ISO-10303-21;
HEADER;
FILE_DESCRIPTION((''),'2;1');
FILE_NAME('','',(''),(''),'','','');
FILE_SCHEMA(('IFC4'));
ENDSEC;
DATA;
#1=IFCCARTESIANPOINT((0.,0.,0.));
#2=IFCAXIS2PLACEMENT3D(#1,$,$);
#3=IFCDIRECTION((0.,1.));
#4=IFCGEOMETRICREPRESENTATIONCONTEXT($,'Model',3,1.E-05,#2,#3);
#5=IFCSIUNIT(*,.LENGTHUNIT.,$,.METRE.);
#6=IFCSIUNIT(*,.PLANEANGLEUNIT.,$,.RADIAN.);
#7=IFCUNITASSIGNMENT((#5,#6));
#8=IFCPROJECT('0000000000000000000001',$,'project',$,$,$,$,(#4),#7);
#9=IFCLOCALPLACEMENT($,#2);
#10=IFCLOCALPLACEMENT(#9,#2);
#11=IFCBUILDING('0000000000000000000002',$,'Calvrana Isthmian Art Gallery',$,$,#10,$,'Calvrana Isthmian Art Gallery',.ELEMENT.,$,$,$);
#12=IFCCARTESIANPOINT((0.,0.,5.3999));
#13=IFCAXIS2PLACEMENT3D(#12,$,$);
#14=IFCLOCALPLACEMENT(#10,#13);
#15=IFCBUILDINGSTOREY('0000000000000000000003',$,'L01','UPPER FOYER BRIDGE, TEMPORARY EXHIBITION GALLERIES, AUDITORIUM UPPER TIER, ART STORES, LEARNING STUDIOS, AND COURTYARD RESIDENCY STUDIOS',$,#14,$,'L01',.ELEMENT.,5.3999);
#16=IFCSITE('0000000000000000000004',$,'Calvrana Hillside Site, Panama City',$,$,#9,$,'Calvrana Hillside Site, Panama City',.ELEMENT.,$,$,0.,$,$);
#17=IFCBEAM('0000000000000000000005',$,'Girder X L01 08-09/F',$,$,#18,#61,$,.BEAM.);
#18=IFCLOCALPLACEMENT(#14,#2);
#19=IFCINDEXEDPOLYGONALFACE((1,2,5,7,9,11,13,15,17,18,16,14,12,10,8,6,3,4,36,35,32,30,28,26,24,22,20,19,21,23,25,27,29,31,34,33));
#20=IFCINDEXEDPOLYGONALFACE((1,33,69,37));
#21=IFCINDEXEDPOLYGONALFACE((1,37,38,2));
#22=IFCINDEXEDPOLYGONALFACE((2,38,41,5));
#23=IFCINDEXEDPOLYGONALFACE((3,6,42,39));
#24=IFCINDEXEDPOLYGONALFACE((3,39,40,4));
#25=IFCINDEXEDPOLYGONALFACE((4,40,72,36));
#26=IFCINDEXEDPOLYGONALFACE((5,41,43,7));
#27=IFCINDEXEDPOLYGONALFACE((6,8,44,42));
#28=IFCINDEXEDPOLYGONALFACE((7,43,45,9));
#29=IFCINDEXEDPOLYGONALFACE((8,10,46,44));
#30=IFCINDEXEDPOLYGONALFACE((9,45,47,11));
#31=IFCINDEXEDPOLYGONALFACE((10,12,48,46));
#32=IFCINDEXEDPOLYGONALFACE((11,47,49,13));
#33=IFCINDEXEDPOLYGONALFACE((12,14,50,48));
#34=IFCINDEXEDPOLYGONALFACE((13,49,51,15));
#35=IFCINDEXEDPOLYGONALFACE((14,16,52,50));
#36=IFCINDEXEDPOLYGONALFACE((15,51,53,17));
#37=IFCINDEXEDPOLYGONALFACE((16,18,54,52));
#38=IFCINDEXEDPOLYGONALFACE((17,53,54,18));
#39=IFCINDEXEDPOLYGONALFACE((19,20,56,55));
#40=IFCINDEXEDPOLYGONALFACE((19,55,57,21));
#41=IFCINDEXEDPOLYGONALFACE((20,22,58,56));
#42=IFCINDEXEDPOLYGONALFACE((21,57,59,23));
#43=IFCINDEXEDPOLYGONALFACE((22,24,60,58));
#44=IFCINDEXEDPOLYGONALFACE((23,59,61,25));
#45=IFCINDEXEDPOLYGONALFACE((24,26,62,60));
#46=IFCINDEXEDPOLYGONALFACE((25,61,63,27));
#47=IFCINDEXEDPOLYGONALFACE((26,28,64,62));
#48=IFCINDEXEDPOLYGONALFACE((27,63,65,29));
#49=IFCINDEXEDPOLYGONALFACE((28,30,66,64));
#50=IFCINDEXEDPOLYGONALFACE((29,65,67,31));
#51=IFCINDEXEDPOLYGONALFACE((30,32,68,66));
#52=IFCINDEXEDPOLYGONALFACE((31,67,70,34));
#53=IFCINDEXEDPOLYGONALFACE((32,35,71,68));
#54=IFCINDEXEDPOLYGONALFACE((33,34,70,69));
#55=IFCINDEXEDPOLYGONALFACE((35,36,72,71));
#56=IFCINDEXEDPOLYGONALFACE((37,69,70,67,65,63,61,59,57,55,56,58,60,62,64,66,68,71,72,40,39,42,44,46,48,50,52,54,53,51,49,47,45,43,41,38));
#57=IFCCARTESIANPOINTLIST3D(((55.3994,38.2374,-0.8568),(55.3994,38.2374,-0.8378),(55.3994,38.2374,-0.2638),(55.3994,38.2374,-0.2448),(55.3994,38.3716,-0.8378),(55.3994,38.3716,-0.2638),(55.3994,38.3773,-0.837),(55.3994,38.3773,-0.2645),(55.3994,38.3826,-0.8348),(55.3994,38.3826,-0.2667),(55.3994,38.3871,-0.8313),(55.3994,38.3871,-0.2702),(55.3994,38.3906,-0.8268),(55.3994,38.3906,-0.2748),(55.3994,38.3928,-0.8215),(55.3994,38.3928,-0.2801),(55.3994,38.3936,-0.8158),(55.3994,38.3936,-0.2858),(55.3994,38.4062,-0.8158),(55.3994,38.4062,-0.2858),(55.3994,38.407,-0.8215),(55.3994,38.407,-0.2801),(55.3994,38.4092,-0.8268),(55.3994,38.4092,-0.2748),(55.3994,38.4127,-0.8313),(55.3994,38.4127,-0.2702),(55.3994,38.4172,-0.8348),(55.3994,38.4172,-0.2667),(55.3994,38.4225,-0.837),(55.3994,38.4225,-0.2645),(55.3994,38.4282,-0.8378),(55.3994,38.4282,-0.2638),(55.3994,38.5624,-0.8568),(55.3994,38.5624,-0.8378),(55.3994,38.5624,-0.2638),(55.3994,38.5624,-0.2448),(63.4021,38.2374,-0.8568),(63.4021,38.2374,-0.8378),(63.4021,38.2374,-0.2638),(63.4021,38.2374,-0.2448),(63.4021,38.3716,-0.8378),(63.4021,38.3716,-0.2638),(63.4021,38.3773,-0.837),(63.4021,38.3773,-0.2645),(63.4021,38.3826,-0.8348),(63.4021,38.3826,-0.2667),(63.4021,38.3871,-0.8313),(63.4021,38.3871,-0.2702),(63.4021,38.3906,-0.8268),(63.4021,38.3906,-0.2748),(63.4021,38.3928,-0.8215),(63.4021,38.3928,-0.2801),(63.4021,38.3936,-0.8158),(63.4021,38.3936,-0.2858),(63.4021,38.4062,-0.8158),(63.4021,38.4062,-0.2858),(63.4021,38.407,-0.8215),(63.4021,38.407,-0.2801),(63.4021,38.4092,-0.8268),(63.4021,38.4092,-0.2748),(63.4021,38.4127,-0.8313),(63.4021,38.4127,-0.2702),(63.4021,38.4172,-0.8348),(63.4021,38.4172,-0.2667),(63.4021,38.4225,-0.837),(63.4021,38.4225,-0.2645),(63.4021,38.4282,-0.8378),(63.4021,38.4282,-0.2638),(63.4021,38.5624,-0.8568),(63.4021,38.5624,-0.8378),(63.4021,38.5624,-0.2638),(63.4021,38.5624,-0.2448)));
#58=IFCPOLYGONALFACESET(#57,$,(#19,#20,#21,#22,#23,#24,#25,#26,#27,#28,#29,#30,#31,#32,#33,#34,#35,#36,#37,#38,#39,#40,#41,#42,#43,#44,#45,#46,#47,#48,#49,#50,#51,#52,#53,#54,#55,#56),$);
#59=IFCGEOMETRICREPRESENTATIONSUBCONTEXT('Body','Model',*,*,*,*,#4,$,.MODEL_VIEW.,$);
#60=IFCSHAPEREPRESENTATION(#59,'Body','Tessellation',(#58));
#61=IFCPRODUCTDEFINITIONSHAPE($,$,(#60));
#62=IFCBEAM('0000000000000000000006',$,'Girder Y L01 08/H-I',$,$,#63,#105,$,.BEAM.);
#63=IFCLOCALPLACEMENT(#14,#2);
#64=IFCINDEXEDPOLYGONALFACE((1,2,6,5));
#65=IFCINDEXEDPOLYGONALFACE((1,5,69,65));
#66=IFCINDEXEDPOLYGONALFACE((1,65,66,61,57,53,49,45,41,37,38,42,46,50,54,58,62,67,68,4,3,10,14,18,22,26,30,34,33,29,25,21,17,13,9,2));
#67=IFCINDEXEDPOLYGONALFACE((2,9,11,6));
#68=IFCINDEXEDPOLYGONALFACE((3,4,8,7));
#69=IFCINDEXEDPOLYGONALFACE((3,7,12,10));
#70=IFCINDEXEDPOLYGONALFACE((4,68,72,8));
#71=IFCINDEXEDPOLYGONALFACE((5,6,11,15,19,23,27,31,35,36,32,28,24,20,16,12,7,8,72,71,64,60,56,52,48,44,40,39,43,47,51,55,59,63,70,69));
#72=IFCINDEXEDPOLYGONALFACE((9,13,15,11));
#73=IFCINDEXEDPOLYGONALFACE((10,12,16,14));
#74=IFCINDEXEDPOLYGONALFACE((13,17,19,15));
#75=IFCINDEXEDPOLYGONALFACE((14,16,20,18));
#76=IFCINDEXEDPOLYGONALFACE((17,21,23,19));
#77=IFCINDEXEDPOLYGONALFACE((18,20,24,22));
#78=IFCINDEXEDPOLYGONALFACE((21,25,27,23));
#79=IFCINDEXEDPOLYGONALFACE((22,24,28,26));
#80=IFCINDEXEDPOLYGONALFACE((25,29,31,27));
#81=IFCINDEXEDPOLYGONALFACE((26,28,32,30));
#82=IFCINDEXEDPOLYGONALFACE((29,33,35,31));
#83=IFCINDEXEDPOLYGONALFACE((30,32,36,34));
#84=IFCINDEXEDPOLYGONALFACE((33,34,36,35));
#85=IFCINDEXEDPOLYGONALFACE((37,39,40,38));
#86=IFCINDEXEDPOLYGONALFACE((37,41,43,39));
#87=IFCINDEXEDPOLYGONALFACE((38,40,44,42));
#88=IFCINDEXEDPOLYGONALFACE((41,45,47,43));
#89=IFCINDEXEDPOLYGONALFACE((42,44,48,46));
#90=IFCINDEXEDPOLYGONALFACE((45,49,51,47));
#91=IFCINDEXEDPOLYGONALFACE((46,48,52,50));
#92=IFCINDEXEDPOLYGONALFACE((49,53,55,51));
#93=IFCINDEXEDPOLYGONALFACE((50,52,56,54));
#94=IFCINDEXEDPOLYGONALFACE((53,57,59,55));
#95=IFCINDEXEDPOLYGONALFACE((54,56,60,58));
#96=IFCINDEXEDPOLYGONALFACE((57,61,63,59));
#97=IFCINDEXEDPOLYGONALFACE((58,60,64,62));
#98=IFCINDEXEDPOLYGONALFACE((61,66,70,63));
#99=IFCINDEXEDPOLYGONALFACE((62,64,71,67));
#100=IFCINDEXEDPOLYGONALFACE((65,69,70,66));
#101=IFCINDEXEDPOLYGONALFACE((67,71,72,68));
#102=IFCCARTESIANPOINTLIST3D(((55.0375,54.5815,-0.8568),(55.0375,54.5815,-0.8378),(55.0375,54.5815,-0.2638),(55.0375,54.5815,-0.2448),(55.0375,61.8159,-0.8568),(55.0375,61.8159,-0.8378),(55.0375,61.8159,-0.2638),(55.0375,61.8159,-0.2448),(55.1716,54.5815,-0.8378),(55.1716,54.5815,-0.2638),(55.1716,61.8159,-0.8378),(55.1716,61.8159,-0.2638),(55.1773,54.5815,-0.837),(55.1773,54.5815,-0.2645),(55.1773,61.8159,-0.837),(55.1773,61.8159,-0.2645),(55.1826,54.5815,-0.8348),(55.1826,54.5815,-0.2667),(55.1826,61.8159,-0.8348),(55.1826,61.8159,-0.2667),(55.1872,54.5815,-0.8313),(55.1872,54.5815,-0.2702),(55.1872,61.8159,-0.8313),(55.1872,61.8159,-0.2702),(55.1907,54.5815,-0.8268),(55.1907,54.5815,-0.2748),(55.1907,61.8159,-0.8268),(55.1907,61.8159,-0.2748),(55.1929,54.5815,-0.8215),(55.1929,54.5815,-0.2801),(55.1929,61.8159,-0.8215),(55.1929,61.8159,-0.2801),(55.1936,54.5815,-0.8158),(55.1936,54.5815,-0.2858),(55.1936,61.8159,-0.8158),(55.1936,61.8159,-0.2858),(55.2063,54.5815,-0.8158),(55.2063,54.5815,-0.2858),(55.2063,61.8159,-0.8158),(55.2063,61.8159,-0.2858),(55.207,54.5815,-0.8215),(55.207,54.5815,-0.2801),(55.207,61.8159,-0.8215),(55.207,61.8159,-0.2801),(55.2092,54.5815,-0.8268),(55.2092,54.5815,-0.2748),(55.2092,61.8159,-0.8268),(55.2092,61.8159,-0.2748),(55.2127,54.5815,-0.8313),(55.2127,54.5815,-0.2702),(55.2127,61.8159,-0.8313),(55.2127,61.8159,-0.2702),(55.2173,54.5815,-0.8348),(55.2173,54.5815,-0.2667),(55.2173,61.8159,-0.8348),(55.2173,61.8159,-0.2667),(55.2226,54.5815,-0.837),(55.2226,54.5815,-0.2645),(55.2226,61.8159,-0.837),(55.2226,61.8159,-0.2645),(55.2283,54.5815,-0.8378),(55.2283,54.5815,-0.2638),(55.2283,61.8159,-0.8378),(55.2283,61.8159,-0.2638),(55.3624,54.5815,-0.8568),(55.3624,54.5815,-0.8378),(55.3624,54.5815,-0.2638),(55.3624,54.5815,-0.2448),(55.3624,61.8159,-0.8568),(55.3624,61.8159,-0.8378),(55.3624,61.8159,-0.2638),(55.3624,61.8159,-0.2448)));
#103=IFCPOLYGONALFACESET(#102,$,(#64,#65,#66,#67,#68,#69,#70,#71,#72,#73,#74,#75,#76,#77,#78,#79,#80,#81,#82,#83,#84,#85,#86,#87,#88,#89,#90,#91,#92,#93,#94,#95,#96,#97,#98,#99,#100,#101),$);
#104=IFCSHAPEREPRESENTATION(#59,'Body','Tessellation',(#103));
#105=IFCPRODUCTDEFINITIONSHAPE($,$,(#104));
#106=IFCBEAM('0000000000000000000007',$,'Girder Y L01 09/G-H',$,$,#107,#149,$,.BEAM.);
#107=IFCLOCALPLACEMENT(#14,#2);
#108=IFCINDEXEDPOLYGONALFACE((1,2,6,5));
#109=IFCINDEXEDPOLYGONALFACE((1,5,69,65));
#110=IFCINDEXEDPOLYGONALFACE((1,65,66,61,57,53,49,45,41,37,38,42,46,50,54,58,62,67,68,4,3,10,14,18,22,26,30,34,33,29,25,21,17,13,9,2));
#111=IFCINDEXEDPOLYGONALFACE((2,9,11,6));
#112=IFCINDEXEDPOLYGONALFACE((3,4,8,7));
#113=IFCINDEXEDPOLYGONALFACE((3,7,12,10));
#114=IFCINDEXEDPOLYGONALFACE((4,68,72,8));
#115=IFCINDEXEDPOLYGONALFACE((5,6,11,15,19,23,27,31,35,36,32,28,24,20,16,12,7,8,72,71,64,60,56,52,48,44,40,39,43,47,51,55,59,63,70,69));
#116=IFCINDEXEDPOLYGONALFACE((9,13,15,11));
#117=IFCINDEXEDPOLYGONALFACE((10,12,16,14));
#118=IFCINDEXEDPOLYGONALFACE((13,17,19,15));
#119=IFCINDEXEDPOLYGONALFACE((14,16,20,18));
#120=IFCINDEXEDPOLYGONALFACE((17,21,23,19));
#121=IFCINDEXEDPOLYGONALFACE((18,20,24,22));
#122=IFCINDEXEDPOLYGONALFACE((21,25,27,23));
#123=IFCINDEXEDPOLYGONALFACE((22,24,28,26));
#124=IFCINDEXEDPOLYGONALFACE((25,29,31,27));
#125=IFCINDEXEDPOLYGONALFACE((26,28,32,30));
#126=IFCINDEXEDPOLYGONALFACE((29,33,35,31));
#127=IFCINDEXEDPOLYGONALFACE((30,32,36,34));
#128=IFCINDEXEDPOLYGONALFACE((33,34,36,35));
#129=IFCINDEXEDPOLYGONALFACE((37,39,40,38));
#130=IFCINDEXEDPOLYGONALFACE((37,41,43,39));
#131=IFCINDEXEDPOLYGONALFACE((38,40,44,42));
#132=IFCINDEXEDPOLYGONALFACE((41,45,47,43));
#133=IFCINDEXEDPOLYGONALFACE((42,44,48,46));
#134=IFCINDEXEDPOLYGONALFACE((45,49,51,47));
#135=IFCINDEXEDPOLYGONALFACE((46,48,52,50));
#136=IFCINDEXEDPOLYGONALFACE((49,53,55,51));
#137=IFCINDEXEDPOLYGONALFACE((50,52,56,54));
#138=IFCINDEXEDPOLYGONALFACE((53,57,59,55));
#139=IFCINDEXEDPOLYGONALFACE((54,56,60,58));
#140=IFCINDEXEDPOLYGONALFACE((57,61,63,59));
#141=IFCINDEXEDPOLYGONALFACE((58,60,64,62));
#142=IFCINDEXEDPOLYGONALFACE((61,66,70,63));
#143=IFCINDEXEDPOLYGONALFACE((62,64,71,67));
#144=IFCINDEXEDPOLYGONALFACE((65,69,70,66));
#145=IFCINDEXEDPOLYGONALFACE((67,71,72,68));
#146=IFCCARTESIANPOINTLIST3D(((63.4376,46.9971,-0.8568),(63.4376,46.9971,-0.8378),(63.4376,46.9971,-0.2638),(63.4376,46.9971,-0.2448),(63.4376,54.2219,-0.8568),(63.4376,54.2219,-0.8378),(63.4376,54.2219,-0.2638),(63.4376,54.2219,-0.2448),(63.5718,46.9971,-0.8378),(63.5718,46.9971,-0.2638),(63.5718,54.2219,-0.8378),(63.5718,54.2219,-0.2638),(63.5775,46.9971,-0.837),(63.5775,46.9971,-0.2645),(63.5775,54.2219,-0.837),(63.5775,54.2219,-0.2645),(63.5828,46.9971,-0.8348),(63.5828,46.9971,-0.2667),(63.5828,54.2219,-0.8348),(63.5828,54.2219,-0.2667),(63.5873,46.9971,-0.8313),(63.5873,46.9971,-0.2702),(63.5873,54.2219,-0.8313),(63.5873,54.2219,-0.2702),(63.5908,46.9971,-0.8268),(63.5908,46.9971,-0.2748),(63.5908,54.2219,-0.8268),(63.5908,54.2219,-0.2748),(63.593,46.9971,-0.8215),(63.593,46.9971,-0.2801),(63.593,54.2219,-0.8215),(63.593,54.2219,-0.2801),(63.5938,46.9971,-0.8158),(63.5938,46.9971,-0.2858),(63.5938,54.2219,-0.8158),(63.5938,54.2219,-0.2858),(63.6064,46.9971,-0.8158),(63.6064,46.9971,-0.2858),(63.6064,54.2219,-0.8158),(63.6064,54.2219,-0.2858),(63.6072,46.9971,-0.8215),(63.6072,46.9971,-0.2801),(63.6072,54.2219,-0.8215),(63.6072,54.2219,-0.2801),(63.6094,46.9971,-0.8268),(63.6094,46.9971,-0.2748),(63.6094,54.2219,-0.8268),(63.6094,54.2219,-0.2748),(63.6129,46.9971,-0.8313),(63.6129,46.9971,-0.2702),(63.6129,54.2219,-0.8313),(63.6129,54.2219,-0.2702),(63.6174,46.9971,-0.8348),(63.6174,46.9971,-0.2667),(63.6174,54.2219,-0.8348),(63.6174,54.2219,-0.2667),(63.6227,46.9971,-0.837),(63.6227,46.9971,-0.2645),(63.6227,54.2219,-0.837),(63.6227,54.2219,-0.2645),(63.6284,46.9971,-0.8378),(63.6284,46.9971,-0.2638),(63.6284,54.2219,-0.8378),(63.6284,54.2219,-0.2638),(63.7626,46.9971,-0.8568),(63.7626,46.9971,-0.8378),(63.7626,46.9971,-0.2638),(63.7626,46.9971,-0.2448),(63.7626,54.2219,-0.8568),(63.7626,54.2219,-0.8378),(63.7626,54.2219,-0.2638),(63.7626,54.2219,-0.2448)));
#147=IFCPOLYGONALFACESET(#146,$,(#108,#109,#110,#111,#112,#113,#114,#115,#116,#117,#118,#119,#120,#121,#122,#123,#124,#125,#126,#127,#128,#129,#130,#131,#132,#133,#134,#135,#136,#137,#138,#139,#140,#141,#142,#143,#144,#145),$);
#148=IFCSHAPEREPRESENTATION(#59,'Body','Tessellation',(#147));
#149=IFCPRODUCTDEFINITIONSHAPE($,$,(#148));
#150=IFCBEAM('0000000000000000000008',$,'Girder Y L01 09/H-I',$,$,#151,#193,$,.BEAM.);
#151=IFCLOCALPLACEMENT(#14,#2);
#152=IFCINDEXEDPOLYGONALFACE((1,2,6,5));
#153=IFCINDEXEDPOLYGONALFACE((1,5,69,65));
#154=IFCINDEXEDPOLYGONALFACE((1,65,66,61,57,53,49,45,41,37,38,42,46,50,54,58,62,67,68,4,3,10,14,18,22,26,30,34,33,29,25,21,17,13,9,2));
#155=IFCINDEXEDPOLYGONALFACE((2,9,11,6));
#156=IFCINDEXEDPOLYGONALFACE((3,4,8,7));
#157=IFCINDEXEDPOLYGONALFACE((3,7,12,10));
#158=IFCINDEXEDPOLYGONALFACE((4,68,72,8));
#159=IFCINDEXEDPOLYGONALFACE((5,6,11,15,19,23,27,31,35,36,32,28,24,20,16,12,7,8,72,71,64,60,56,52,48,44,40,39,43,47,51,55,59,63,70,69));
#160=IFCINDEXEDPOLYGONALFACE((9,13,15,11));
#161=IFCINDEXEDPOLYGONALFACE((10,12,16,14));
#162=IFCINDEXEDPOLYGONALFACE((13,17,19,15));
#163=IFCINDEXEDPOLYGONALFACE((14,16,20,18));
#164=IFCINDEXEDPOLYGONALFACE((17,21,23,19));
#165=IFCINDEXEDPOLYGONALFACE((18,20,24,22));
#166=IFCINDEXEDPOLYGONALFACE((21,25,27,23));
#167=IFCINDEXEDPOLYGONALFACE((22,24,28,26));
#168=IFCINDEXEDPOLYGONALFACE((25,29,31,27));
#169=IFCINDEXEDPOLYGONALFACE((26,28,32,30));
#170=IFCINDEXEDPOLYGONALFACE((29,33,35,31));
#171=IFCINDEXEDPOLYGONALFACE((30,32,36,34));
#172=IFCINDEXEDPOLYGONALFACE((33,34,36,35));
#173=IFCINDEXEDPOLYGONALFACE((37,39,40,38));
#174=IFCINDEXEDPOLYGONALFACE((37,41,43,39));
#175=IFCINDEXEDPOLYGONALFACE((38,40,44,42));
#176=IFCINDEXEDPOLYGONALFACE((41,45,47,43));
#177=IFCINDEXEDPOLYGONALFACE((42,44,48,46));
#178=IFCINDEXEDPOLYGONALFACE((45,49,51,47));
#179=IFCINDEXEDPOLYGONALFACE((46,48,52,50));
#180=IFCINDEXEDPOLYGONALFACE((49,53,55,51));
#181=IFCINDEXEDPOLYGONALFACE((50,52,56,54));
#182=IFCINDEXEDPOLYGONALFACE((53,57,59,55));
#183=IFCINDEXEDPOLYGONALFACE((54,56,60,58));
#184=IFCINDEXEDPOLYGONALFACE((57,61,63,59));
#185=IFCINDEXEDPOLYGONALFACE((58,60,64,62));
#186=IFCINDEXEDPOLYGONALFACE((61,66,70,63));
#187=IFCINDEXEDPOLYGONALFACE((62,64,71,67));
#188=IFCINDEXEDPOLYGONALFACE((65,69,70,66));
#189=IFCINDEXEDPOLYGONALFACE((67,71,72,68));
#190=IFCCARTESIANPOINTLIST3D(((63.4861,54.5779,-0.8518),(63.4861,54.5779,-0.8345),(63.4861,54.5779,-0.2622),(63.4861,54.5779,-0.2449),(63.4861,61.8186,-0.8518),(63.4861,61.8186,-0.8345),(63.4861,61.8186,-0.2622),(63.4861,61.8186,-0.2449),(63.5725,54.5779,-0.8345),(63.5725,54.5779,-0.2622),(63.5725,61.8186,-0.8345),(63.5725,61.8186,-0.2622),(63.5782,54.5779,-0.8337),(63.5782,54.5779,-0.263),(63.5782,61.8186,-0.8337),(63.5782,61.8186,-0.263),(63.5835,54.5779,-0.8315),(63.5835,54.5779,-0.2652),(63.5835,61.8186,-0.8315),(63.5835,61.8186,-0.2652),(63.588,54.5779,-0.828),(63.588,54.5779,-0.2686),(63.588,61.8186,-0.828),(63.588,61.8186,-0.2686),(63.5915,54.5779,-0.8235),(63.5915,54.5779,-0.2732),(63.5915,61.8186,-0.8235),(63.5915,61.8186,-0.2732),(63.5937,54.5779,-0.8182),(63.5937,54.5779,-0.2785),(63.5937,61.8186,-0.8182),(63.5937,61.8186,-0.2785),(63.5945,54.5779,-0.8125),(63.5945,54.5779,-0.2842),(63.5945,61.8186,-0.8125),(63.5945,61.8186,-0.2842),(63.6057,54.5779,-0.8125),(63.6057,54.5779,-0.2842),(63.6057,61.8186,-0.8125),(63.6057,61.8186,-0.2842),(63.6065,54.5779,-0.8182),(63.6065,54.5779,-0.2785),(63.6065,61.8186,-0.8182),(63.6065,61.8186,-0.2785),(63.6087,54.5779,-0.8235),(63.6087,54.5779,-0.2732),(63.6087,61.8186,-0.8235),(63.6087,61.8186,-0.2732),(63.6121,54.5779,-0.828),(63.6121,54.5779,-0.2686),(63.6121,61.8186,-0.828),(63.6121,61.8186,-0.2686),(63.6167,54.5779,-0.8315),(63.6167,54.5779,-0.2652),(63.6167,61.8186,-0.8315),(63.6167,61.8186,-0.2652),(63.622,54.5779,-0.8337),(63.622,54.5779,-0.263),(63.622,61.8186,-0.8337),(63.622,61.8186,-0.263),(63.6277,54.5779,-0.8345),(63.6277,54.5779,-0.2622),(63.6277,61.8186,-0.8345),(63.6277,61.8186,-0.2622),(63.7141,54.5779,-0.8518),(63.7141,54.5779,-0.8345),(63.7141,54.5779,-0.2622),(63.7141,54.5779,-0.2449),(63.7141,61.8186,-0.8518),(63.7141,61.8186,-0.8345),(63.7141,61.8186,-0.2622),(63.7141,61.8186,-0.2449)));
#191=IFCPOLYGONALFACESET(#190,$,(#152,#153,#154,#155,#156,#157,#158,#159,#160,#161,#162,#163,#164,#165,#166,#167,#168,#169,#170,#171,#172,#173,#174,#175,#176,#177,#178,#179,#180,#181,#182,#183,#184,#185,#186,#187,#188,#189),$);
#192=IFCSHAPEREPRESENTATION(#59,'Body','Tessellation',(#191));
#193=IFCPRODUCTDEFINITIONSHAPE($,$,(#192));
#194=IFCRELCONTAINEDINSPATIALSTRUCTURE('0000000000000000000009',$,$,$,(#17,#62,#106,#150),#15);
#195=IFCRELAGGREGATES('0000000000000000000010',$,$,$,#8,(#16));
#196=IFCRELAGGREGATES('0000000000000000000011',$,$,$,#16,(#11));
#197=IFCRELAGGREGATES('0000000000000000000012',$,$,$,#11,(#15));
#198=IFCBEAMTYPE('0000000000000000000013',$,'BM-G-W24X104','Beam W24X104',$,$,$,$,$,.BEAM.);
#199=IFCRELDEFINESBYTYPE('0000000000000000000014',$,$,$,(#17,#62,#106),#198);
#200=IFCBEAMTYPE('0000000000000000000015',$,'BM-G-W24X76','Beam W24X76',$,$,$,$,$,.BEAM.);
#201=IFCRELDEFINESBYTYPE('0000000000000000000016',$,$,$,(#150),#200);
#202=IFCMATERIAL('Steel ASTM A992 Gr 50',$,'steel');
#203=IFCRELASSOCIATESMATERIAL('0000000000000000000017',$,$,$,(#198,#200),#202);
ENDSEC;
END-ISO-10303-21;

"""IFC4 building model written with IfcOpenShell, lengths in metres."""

from ifc_helpers import new_model, si_unit, direction, frame, origin, origin_2d, place, context, subcontext, project, spatial, i_section, extrude, material, material_profile, profile_set, type_object, element, save


model = new_model("IFC4")

# Units and contexts
model_context = context("Model", 3, precision=1e-05, world=origin(), true_north=direction((0.0, 1.0)))
body_context = subcontext(model_context, "Body", "Model", "MODEL_VIEW")
ifc_project = project(units=[si_unit("LENGTHUNIT", "METRE"), si_unit("PLANEANGLEUNIT", "RADIAN")], contexts=[model_context])

# Site, building, storey
site_placement = place(None, origin())
site = spatial("IfcSite", under=ifc_project, at=site_placement, Name="Calvrana Hillside Site, Panama City", LongName="Calvrana Hillside Site, Panama City", CompositionType="ELEMENT", RefElevation=0.0)
building_placement = place(site_placement, origin())
building = spatial("IfcBuilding", under=site, at=building_placement, Name="Calvrana Isthmian Art Gallery", LongName="Calvrana Isthmian Art Gallery", CompositionType="ELEMENT")
storey_placement = place(building_placement, frame((0.0, 0.0, 5.3999)))
storey = spatial("IfcBuildingStorey", under=building, at=storey_placement, Name="L01", Description="UPPER FOYER BRIDGE, TEMPORARY EXHIBITION GALLERIES, AUDITORIUM UPPER TIER, ART STORES, LEARNING STUDIOS, AND COURTYARD RESIDENCY STUDIOS", LongName="L01", CompositionType="ELEMENT", Elevation=5.3999)

# Shared definitions
ifc_material_1 = material(Name="Steel ASTM A992 Gr 50", Category="steel")

# Beams
ifc_material_profile_1 = material_profile(ifc_material_1, i_section(OverallWidth=0.325, OverallDepth=0.6121, WebThickness=0.0127, FlangeThickness=0.019, FilletRadius=0.022, at=origin_2d()), Name="W24X104")
ifc_profile_set_1 = profile_set([ifc_material_profile_1], Name="Steel ASTM A992 Gr 50")
beam_type_1 = type_object("IfcBeamType", Name="BM-G-W24X104", Description="Beam W24X104", PredefinedType="BEAM", material=ifc_profile_set_1)
beam_1_placement = place(storey_placement, frame((55.3994, 38.3999, -0.5508), z_axis=(1.0, 0.0, 0.0), x_axis=(0.0, 1.0, 0.0)))
element("IfcBeam", 1, at=beam_1_placement, inside=storey, type_object=beam_type_1, Name="Girder X L01 08-09/F", PredefinedType="BEAM", context=body_context, shape_type="SweptSolid", body=[
    extrude(i_section(OverallWidth=0.325, OverallDepth=0.6121, WebThickness=0.0127, FlangeThickness=0.019, FilletRadius=0.022, at=origin_2d()), origin(), (0.0, 0.0, 1.0), 8.0027),
])
beam_2_placement = place(storey_placement, frame((55.2, 54.5815, -0.5508), z_axis=(0.0, 1.0, 0.0), x_axis=(-1.0, 0.0, 0.0)))
element("IfcBeam", 2, at=beam_2_placement, inside=storey, type_object=beam_type_1, Name="Girder Y L01 08/H-I", PredefinedType="BEAM", context=body_context, shape_type="SweptSolid", body=[
    extrude(i_section(OverallWidth=0.325, OverallDepth=0.6121, WebThickness=0.0127, FlangeThickness=0.019, FilletRadius=0.022, at=origin_2d()), origin(), (0.0, 0.0, 1.0), 7.2344),
])
beam_3_placement = place(storey_placement, frame((63.6001, 46.9971, -0.5508), z_axis=(0.0, 1.0, 0.0), x_axis=(-1.0, 0.0, 0.0)))
element("IfcBeam", 3, at=beam_3_placement, inside=storey, type_object=beam_type_1, Name="Girder Y L01 09/G-H", PredefinedType="BEAM", context=body_context, shape_type="SweptSolid", body=[
    extrude(i_section(OverallWidth=0.325, OverallDepth=0.6121, WebThickness=0.0127, FlangeThickness=0.019, FilletRadius=0.022, at=origin_2d()), origin(), (0.0, 0.0, 1.0), 7.2249),
])
ifc_material_profile_2 = material_profile(ifc_material_1, i_section(OverallWidth=0.228, OverallDepth=0.6069, WebThickness=0.0112, FlangeThickness=0.0173, FilletRadius=0.022, at=origin_2d()), Name="W24X76")
ifc_profile_set_2 = profile_set([ifc_material_profile_2], Name="Steel ASTM A992 Gr 50")
beam_type_2 = type_object("IfcBeamType", Name="BM-G-W24X76", Description="Beam W24X76", PredefinedType="BEAM", material=ifc_profile_set_2)
beam_4_placement = place(storey_placement, frame((63.6001, 54.5779, -0.5483), z_axis=(0.0, 1.0, 0.0), x_axis=(-1.0, 0.0, 0.0)))
element("IfcBeam", 4, at=beam_4_placement, inside=storey, type_object=beam_type_2, Name="Girder Y L01 09/H-I", PredefinedType="BEAM", context=body_context, shape_type="SweptSolid", body=[
    extrude(i_section(OverallWidth=0.228, OverallDepth=0.6069, WebThickness=0.0112, FlangeThickness=0.0173, FilletRadius=0.022, at=origin_2d()), origin(), (0.0, 0.0, 1.0), 7.2407),
])

save(model, "model.ifc")
